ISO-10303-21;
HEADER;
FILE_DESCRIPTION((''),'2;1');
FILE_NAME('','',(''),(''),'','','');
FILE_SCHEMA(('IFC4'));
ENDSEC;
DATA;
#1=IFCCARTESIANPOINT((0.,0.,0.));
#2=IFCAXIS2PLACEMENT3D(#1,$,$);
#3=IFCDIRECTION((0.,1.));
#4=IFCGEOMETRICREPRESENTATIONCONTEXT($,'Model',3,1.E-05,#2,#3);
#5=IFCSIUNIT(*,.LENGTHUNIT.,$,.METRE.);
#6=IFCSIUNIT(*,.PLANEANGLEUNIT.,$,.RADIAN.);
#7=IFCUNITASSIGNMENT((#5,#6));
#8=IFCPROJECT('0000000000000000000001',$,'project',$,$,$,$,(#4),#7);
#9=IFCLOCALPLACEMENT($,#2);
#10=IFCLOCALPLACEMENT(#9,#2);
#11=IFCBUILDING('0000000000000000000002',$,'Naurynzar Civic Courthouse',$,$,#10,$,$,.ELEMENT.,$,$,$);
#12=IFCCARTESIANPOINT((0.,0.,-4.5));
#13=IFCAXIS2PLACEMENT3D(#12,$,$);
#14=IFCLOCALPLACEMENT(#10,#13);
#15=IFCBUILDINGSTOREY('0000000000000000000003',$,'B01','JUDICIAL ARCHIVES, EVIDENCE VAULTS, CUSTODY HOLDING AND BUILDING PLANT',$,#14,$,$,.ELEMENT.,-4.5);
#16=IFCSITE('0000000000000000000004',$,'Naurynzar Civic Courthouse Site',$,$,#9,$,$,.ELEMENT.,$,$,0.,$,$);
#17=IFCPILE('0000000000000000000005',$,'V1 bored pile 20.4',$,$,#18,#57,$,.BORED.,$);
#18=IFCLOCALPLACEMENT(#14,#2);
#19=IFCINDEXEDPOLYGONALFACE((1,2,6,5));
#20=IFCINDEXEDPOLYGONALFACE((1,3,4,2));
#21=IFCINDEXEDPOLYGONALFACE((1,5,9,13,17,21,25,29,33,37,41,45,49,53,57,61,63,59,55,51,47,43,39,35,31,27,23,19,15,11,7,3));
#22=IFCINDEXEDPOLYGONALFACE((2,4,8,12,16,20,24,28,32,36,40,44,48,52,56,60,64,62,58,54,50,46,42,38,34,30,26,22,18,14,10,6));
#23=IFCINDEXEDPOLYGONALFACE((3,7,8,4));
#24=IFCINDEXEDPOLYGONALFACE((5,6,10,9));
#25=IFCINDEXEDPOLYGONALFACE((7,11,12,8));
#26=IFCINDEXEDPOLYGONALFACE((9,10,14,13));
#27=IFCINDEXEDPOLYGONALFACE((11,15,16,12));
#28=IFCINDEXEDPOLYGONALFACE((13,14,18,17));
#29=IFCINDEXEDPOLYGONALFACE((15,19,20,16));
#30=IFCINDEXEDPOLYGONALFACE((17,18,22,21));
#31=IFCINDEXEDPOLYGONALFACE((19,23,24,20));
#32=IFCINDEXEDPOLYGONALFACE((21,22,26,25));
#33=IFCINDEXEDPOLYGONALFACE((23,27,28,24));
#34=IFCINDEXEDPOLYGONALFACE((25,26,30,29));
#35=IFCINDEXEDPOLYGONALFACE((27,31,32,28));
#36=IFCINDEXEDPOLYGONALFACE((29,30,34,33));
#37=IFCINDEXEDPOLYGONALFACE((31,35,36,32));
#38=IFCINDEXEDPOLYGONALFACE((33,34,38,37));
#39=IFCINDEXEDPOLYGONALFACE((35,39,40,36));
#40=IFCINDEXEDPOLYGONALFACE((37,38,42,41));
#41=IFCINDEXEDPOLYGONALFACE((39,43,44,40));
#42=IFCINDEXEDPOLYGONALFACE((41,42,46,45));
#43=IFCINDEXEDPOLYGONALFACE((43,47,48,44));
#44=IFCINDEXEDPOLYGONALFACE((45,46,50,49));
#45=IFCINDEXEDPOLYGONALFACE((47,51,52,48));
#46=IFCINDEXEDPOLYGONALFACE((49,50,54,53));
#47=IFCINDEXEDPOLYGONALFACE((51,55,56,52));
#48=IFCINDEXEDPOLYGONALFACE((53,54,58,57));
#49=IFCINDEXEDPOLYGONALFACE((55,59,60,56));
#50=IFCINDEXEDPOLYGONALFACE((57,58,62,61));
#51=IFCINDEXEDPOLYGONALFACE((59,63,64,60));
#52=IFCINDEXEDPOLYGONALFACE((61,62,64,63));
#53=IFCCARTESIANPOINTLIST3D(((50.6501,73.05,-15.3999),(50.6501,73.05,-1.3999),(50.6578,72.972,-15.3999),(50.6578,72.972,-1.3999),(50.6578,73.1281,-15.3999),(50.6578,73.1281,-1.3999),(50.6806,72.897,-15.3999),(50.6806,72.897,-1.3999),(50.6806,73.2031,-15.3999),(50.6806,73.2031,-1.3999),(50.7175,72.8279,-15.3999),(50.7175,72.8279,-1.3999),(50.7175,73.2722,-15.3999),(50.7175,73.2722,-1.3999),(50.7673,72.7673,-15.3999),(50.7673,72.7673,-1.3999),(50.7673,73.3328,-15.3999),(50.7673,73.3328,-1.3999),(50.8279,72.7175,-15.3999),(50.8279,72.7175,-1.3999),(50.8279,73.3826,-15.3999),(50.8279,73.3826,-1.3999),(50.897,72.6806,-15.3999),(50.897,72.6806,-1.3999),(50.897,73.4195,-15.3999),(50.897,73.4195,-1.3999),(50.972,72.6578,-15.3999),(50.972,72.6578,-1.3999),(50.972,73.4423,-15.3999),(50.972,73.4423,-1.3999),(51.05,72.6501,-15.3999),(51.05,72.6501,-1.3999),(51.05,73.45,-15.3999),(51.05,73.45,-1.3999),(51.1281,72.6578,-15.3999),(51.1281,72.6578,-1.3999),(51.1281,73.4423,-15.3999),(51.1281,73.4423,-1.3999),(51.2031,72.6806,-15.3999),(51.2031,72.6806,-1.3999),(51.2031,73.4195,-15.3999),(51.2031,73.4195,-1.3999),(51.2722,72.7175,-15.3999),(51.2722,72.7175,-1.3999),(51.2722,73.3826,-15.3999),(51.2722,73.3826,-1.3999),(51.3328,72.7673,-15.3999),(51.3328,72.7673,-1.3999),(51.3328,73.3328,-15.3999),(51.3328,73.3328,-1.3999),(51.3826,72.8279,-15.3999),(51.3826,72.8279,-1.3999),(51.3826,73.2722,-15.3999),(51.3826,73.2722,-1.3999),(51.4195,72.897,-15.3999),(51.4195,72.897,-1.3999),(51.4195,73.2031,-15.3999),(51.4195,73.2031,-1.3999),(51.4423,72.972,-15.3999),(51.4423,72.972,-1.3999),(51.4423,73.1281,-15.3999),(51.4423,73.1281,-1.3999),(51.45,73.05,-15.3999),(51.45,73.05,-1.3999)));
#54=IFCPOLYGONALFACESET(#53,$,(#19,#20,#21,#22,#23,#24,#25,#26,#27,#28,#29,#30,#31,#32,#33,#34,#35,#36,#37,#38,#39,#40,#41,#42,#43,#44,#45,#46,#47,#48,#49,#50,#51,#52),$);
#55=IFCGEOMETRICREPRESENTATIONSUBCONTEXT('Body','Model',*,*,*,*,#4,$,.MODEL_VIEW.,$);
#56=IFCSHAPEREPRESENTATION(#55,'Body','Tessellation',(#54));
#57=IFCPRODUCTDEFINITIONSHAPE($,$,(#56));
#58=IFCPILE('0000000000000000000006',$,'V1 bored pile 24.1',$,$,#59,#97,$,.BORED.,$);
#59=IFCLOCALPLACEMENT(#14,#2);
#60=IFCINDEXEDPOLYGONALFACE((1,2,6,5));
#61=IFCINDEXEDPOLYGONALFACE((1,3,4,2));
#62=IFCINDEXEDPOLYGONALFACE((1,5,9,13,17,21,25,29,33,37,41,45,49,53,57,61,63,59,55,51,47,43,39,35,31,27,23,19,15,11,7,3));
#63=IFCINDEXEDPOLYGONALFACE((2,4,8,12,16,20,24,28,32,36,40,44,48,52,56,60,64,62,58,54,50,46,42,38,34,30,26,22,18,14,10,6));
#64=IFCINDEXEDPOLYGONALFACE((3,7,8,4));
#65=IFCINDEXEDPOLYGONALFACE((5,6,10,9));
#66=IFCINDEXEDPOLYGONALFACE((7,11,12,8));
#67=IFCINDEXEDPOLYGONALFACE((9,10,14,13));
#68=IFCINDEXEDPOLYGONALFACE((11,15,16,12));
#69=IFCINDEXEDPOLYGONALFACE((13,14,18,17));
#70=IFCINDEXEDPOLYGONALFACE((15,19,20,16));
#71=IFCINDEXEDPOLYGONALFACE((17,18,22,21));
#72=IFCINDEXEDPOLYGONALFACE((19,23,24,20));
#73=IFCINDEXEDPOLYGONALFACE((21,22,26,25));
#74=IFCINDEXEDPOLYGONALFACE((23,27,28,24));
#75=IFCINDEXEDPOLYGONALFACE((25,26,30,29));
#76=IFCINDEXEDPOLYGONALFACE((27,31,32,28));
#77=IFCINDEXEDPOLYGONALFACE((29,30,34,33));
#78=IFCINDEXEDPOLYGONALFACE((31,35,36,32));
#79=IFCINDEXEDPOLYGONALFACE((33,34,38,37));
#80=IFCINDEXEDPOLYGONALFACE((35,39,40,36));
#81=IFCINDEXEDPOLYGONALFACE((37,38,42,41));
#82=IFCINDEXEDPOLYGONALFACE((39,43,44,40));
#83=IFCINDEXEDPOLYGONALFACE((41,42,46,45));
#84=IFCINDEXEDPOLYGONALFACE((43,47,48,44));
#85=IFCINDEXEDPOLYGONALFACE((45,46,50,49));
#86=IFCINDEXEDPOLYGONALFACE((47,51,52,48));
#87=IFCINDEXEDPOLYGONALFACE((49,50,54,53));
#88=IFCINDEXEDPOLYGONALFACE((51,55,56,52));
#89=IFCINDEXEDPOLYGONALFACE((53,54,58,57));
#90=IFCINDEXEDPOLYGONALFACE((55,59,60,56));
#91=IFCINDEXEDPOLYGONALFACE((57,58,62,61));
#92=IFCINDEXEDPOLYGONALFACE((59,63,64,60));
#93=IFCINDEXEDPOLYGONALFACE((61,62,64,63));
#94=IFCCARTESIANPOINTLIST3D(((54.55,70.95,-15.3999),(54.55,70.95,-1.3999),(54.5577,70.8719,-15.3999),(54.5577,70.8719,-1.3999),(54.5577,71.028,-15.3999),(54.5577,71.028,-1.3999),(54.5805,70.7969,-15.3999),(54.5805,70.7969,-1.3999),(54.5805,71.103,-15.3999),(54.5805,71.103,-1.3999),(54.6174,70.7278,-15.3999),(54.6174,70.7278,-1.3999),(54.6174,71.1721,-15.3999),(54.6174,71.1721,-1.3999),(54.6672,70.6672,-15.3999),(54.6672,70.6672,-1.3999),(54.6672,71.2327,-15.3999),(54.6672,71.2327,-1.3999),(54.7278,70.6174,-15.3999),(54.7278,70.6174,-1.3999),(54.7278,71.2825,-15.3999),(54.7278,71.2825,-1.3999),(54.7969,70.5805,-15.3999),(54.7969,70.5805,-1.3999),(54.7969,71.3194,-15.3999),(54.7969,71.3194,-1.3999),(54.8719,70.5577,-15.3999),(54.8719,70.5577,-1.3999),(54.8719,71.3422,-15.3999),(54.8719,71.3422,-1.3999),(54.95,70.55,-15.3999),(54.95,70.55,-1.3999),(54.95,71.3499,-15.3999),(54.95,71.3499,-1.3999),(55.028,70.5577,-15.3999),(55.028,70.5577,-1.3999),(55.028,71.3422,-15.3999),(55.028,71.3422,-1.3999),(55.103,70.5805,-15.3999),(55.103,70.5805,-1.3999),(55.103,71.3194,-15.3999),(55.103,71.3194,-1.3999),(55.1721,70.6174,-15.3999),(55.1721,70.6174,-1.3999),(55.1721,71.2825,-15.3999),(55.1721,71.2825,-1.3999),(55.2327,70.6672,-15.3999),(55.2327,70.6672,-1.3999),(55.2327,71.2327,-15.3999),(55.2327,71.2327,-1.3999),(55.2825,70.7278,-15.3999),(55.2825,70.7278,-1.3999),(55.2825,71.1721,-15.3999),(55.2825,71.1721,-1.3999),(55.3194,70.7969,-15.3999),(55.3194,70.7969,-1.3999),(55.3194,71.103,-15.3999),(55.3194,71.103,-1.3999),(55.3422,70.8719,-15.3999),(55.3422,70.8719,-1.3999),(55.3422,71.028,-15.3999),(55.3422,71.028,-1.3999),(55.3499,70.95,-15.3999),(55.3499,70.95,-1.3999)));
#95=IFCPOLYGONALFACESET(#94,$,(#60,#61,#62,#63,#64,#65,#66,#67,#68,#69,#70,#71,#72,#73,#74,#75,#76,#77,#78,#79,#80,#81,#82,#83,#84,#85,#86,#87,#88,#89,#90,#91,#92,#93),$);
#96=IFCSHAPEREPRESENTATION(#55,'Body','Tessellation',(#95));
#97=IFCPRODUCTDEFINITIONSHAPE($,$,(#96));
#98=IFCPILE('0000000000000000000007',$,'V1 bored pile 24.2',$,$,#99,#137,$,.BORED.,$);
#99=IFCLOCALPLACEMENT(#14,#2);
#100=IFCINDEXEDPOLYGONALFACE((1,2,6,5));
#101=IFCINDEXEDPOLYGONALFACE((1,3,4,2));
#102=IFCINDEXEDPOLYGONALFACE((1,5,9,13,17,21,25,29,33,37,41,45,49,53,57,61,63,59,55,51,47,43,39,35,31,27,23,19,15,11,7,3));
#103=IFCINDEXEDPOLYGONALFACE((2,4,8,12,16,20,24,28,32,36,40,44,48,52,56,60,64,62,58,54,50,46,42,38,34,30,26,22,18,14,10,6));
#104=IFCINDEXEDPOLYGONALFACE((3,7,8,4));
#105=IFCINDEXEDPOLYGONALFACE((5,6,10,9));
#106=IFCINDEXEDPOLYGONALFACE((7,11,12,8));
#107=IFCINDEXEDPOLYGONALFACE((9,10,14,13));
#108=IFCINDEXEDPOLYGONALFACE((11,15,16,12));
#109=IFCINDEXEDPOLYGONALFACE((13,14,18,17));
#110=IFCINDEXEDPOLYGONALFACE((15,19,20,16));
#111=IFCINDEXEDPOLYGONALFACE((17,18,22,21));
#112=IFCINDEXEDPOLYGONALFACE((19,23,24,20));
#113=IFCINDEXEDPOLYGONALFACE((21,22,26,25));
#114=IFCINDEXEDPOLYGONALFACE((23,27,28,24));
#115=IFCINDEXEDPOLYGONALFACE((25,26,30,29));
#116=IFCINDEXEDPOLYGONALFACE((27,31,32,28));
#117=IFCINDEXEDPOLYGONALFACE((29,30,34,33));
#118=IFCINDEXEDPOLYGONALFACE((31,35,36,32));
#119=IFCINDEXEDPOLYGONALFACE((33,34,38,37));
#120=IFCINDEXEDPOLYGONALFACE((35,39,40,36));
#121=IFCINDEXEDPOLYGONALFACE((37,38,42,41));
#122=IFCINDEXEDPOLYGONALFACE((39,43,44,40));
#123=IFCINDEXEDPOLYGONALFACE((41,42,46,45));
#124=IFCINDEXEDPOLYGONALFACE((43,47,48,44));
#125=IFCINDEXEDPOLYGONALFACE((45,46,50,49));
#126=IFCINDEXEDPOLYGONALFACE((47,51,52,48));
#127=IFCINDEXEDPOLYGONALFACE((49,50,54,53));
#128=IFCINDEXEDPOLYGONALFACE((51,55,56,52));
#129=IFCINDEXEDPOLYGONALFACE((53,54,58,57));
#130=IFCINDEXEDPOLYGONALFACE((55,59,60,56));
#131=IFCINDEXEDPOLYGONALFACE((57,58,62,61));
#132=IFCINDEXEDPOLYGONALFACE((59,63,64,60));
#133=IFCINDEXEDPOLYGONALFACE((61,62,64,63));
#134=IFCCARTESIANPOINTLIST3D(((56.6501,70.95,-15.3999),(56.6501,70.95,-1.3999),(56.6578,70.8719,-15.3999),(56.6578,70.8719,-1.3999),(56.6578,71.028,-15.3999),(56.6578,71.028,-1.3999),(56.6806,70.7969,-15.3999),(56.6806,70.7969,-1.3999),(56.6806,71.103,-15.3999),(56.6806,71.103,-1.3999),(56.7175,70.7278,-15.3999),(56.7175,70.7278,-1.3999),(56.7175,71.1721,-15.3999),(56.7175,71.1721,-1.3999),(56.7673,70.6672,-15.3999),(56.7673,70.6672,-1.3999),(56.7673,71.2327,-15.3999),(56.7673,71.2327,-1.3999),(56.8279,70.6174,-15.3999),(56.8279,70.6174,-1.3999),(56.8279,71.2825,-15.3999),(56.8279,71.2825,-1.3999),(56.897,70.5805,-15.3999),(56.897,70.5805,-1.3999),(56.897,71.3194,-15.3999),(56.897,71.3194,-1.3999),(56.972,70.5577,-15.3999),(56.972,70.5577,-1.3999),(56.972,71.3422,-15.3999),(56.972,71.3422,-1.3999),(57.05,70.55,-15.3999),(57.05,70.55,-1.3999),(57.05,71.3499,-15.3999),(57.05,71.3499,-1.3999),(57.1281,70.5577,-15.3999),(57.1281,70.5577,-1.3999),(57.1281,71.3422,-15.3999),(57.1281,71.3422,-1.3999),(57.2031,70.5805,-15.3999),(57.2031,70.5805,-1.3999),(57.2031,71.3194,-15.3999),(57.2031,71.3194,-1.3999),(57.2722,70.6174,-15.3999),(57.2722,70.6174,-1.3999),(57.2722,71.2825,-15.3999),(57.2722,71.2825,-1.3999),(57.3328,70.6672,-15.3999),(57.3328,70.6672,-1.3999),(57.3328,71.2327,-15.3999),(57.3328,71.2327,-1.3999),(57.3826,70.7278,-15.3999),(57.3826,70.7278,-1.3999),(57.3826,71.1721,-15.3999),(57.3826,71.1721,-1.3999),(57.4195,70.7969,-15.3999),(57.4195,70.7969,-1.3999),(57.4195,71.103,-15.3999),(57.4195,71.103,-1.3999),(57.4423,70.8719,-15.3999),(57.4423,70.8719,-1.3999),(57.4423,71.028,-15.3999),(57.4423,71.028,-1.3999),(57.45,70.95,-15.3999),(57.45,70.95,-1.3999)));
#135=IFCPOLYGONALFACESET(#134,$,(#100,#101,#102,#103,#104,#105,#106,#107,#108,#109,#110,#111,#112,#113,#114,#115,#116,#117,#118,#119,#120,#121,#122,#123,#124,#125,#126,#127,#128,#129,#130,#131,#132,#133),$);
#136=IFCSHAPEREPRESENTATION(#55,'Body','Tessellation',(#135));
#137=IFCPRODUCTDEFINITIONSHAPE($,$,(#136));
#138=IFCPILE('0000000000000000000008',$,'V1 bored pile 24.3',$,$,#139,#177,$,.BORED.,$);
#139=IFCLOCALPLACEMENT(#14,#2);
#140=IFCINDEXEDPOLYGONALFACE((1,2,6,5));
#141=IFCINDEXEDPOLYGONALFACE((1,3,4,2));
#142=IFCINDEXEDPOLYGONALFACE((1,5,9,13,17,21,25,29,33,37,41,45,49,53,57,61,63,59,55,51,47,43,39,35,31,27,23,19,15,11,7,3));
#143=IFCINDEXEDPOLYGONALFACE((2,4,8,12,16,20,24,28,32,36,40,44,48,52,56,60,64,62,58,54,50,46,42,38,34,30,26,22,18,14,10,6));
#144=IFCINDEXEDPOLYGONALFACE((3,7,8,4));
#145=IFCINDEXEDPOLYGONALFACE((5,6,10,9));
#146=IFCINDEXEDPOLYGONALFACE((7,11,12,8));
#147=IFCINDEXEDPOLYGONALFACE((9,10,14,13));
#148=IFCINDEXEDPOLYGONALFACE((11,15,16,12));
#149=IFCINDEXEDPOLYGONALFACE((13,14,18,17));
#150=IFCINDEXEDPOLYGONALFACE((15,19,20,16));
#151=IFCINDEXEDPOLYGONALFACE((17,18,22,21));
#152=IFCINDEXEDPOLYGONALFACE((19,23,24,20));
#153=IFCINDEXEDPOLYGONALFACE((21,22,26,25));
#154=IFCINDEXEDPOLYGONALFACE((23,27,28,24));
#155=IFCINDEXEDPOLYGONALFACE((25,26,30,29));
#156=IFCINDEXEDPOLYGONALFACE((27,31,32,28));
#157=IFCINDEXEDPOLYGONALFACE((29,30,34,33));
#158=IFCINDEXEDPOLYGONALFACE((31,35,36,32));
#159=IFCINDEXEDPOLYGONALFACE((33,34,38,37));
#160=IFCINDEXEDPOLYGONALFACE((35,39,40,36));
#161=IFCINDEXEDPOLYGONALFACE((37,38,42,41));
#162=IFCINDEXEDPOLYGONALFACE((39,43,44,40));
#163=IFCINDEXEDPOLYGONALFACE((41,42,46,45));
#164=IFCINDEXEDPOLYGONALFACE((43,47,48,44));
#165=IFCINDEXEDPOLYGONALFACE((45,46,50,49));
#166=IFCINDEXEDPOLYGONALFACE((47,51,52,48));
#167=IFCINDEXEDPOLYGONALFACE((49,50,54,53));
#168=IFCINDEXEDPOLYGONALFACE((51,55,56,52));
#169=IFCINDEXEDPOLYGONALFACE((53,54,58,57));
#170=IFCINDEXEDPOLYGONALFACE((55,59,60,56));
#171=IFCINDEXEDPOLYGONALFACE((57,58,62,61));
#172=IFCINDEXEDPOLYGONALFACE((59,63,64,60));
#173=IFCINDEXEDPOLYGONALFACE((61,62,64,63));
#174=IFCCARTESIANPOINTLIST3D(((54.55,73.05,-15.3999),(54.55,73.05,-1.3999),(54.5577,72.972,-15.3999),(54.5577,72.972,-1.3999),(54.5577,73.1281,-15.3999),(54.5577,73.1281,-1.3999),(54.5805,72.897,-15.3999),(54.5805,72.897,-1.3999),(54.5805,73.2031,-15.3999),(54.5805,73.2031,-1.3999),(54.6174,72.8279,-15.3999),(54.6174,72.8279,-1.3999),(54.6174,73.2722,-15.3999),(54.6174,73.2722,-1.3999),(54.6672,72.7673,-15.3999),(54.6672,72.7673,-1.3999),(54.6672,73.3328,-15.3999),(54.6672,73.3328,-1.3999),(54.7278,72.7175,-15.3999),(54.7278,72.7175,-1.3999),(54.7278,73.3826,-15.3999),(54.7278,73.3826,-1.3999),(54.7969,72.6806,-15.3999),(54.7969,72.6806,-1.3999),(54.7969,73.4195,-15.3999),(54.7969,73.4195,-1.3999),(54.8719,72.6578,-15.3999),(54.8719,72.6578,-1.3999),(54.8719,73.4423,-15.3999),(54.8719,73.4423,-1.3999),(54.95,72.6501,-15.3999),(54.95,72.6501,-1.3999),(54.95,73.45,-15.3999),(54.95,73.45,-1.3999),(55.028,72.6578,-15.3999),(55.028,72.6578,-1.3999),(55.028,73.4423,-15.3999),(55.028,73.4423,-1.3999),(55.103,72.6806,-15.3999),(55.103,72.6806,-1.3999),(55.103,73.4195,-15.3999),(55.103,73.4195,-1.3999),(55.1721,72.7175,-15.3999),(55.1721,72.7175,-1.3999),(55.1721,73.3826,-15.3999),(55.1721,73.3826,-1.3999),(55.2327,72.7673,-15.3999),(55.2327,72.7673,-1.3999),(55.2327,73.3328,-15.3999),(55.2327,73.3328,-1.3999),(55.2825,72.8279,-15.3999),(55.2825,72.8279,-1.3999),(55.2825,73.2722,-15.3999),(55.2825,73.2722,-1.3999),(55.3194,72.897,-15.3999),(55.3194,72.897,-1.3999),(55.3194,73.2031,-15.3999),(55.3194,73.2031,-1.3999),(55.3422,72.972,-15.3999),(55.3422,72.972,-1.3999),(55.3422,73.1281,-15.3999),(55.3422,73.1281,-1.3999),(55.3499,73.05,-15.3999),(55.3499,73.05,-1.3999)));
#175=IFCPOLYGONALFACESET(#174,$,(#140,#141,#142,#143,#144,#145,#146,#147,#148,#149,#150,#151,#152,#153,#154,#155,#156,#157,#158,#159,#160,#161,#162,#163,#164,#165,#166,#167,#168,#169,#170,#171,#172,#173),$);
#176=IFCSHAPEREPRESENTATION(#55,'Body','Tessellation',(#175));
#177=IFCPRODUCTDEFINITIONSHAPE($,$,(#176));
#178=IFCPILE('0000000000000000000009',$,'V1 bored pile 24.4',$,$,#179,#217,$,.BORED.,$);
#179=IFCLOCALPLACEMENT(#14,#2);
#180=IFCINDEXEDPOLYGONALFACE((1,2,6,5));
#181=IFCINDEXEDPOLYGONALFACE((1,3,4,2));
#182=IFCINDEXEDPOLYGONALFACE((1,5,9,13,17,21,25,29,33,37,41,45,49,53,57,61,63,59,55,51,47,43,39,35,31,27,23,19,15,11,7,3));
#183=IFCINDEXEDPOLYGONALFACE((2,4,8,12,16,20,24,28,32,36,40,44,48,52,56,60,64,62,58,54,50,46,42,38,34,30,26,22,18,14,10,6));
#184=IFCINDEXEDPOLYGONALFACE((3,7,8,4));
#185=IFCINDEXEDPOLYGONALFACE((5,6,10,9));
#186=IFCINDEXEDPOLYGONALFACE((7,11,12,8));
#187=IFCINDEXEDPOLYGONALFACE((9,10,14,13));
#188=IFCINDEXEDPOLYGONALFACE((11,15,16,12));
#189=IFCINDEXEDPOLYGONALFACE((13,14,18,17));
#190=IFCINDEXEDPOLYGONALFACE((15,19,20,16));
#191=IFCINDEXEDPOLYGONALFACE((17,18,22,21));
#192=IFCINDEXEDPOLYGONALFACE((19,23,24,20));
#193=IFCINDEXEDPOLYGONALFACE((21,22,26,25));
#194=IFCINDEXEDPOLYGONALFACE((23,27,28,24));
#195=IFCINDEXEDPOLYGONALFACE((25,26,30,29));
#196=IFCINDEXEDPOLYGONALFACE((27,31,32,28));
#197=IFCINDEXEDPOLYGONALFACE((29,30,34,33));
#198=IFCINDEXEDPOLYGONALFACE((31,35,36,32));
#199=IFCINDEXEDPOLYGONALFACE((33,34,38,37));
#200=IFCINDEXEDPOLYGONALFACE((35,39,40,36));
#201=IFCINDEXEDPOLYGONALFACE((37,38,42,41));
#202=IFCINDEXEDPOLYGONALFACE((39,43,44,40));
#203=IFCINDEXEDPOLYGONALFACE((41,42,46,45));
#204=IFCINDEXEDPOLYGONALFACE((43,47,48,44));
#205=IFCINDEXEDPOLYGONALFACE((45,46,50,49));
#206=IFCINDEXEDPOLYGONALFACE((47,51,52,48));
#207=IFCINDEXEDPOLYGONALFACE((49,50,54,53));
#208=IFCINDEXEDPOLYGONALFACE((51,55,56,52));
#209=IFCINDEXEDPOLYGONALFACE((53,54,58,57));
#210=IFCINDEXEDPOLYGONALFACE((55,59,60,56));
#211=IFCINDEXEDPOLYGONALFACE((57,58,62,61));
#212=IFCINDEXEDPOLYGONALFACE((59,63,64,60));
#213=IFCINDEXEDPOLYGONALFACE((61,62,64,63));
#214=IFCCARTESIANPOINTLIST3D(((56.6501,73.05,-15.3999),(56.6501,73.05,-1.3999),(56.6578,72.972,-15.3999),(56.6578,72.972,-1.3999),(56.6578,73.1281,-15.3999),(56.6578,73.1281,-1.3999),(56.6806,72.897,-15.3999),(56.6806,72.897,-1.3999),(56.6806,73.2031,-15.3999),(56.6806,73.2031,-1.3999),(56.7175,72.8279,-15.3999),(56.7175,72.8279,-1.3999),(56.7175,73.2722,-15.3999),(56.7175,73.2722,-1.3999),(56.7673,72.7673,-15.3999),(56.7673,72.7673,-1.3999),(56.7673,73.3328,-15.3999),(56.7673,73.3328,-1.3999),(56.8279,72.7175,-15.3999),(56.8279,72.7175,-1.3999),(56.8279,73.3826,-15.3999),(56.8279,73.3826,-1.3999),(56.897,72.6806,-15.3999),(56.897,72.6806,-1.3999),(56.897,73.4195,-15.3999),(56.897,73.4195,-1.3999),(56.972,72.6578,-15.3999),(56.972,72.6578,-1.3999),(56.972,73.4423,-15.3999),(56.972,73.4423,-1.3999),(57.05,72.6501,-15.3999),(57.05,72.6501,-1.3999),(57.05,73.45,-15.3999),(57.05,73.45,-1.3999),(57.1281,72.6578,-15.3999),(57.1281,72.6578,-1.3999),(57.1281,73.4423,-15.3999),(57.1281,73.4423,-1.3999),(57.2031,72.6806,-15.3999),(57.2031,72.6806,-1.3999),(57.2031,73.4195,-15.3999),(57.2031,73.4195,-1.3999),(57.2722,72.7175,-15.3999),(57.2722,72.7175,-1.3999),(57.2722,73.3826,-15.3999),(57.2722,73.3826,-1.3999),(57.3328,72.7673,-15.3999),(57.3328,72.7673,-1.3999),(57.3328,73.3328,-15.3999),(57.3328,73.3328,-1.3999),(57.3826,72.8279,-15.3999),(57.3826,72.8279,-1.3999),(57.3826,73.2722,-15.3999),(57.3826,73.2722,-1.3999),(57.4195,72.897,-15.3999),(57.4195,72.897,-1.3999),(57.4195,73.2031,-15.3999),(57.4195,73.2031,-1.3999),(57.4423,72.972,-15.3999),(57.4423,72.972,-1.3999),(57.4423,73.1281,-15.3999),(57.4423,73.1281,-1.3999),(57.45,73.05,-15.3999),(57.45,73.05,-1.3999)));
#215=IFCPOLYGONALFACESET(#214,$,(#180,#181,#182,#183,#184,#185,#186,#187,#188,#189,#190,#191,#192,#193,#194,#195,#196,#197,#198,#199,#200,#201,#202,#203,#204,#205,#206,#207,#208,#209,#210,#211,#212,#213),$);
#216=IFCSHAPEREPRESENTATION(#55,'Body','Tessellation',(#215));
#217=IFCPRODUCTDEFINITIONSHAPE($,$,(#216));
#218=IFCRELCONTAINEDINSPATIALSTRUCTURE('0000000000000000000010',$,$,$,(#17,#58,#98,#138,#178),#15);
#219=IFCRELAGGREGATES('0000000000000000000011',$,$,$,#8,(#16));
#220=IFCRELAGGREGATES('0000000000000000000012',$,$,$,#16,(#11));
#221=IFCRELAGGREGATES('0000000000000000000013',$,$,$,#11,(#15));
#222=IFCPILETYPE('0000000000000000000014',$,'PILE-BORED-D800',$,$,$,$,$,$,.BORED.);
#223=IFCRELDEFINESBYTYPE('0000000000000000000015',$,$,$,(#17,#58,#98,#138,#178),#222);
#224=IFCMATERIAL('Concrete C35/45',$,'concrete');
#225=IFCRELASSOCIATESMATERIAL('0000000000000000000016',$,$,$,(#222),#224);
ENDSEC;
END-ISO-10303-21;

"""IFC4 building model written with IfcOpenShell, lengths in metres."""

from ifc_helpers import new_model, si_unit, direction, frame, origin, origin_2d, place, context, subcontext, project, spatial, circle, extrude, material, material_profile, profile_set, type_object, element, save


model = new_model("IFC4")

# Units and contexts
model_context = context("Model", 3, precision=1e-05, world=origin(), true_north=direction((0.0, 1.0)))
body_context = subcontext(model_context, "Body", "Model", "MODEL_VIEW")
ifc_project = project(units=[si_unit("LENGTHUNIT", "METRE"), si_unit("PLANEANGLEUNIT", "RADIAN")], contexts=[model_context])

# Site, building, storey
site_placement = place(None, origin())
site = spatial("IfcSite", under=ifc_project, at=site_placement, Name="Naurynzar Civic Courthouse Site", CompositionType="ELEMENT", RefElevation=0.0)
building_placement = place(site_placement, origin())
building = spatial("IfcBuilding", under=site, at=building_placement, Name="Naurynzar Civic Courthouse", CompositionType="ELEMENT")
storey_placement = place(building_placement, frame((0.0, 0.0, -4.5)))
storey = spatial("IfcBuildingStorey", under=building, at=storey_placement, Name="B01", Description="JUDICIAL ARCHIVES, EVIDENCE VAULTS, CUSTODY HOLDING AND BUILDING PLANT", CompositionType="ELEMENT", Elevation=-4.5)

# Piles
ifc_material_1 = material(Name="Concrete C35/45", Category="concrete")
ifc_material_profile_1 = material_profile(ifc_material_1, circle(Radius=0.3999, at=origin_2d()), Name="PILE D800")
ifc_profile_set_1 = profile_set([ifc_material_profile_1], Name="Concrete C35/45")
pile_type_1 = type_object("IfcPileType", Name="PILE-BORED-D800", PredefinedType="BORED", material=ifc_profile_set_1)
for number, where, z_axis, x_axis, name in (
    (1, (51.05, 73.05, -1.3999), (0.0, 0.0, -1.0), (1.0, 0.0, 0.0), "V1 bored pile 20.4"),
    (2, (54.95, 70.95, -1.3999), (0.0, 0.0, -1.0), (1.0, 0.0, 0.0), "V1 bored pile 24.1"),
    (3, (57.05, 70.95, -1.3999), (0.0, 0.0, -1.0), (1.0, 0.0, 0.0), "V1 bored pile 24.2"),
    (4, (54.95, 73.05, -1.3999), (0.0, 0.0, -1.0), (1.0, 0.0, 0.0), "V1 bored pile 24.3"),
    (5, (57.05, 73.05, -1.3999), (0.0, 0.0, -1.0), (1.0, 0.0, 0.0), "V1 bored pile 24.4"),
):
    element("IfcPile", number, at=place(storey_placement, frame(where, z_axis=z_axis, x_axis=x_axis)), inside=storey, type_object=pile_type_1, Name=name, PredefinedType="BORED", context=body_context, shape_type="SweptSolid", body=[
        extrude(circle(Radius=0.3999, at=origin_2d()), origin(), (0.0, 0.0, 1.0), 14.0),
    ])

save(model, "model.ifc")
